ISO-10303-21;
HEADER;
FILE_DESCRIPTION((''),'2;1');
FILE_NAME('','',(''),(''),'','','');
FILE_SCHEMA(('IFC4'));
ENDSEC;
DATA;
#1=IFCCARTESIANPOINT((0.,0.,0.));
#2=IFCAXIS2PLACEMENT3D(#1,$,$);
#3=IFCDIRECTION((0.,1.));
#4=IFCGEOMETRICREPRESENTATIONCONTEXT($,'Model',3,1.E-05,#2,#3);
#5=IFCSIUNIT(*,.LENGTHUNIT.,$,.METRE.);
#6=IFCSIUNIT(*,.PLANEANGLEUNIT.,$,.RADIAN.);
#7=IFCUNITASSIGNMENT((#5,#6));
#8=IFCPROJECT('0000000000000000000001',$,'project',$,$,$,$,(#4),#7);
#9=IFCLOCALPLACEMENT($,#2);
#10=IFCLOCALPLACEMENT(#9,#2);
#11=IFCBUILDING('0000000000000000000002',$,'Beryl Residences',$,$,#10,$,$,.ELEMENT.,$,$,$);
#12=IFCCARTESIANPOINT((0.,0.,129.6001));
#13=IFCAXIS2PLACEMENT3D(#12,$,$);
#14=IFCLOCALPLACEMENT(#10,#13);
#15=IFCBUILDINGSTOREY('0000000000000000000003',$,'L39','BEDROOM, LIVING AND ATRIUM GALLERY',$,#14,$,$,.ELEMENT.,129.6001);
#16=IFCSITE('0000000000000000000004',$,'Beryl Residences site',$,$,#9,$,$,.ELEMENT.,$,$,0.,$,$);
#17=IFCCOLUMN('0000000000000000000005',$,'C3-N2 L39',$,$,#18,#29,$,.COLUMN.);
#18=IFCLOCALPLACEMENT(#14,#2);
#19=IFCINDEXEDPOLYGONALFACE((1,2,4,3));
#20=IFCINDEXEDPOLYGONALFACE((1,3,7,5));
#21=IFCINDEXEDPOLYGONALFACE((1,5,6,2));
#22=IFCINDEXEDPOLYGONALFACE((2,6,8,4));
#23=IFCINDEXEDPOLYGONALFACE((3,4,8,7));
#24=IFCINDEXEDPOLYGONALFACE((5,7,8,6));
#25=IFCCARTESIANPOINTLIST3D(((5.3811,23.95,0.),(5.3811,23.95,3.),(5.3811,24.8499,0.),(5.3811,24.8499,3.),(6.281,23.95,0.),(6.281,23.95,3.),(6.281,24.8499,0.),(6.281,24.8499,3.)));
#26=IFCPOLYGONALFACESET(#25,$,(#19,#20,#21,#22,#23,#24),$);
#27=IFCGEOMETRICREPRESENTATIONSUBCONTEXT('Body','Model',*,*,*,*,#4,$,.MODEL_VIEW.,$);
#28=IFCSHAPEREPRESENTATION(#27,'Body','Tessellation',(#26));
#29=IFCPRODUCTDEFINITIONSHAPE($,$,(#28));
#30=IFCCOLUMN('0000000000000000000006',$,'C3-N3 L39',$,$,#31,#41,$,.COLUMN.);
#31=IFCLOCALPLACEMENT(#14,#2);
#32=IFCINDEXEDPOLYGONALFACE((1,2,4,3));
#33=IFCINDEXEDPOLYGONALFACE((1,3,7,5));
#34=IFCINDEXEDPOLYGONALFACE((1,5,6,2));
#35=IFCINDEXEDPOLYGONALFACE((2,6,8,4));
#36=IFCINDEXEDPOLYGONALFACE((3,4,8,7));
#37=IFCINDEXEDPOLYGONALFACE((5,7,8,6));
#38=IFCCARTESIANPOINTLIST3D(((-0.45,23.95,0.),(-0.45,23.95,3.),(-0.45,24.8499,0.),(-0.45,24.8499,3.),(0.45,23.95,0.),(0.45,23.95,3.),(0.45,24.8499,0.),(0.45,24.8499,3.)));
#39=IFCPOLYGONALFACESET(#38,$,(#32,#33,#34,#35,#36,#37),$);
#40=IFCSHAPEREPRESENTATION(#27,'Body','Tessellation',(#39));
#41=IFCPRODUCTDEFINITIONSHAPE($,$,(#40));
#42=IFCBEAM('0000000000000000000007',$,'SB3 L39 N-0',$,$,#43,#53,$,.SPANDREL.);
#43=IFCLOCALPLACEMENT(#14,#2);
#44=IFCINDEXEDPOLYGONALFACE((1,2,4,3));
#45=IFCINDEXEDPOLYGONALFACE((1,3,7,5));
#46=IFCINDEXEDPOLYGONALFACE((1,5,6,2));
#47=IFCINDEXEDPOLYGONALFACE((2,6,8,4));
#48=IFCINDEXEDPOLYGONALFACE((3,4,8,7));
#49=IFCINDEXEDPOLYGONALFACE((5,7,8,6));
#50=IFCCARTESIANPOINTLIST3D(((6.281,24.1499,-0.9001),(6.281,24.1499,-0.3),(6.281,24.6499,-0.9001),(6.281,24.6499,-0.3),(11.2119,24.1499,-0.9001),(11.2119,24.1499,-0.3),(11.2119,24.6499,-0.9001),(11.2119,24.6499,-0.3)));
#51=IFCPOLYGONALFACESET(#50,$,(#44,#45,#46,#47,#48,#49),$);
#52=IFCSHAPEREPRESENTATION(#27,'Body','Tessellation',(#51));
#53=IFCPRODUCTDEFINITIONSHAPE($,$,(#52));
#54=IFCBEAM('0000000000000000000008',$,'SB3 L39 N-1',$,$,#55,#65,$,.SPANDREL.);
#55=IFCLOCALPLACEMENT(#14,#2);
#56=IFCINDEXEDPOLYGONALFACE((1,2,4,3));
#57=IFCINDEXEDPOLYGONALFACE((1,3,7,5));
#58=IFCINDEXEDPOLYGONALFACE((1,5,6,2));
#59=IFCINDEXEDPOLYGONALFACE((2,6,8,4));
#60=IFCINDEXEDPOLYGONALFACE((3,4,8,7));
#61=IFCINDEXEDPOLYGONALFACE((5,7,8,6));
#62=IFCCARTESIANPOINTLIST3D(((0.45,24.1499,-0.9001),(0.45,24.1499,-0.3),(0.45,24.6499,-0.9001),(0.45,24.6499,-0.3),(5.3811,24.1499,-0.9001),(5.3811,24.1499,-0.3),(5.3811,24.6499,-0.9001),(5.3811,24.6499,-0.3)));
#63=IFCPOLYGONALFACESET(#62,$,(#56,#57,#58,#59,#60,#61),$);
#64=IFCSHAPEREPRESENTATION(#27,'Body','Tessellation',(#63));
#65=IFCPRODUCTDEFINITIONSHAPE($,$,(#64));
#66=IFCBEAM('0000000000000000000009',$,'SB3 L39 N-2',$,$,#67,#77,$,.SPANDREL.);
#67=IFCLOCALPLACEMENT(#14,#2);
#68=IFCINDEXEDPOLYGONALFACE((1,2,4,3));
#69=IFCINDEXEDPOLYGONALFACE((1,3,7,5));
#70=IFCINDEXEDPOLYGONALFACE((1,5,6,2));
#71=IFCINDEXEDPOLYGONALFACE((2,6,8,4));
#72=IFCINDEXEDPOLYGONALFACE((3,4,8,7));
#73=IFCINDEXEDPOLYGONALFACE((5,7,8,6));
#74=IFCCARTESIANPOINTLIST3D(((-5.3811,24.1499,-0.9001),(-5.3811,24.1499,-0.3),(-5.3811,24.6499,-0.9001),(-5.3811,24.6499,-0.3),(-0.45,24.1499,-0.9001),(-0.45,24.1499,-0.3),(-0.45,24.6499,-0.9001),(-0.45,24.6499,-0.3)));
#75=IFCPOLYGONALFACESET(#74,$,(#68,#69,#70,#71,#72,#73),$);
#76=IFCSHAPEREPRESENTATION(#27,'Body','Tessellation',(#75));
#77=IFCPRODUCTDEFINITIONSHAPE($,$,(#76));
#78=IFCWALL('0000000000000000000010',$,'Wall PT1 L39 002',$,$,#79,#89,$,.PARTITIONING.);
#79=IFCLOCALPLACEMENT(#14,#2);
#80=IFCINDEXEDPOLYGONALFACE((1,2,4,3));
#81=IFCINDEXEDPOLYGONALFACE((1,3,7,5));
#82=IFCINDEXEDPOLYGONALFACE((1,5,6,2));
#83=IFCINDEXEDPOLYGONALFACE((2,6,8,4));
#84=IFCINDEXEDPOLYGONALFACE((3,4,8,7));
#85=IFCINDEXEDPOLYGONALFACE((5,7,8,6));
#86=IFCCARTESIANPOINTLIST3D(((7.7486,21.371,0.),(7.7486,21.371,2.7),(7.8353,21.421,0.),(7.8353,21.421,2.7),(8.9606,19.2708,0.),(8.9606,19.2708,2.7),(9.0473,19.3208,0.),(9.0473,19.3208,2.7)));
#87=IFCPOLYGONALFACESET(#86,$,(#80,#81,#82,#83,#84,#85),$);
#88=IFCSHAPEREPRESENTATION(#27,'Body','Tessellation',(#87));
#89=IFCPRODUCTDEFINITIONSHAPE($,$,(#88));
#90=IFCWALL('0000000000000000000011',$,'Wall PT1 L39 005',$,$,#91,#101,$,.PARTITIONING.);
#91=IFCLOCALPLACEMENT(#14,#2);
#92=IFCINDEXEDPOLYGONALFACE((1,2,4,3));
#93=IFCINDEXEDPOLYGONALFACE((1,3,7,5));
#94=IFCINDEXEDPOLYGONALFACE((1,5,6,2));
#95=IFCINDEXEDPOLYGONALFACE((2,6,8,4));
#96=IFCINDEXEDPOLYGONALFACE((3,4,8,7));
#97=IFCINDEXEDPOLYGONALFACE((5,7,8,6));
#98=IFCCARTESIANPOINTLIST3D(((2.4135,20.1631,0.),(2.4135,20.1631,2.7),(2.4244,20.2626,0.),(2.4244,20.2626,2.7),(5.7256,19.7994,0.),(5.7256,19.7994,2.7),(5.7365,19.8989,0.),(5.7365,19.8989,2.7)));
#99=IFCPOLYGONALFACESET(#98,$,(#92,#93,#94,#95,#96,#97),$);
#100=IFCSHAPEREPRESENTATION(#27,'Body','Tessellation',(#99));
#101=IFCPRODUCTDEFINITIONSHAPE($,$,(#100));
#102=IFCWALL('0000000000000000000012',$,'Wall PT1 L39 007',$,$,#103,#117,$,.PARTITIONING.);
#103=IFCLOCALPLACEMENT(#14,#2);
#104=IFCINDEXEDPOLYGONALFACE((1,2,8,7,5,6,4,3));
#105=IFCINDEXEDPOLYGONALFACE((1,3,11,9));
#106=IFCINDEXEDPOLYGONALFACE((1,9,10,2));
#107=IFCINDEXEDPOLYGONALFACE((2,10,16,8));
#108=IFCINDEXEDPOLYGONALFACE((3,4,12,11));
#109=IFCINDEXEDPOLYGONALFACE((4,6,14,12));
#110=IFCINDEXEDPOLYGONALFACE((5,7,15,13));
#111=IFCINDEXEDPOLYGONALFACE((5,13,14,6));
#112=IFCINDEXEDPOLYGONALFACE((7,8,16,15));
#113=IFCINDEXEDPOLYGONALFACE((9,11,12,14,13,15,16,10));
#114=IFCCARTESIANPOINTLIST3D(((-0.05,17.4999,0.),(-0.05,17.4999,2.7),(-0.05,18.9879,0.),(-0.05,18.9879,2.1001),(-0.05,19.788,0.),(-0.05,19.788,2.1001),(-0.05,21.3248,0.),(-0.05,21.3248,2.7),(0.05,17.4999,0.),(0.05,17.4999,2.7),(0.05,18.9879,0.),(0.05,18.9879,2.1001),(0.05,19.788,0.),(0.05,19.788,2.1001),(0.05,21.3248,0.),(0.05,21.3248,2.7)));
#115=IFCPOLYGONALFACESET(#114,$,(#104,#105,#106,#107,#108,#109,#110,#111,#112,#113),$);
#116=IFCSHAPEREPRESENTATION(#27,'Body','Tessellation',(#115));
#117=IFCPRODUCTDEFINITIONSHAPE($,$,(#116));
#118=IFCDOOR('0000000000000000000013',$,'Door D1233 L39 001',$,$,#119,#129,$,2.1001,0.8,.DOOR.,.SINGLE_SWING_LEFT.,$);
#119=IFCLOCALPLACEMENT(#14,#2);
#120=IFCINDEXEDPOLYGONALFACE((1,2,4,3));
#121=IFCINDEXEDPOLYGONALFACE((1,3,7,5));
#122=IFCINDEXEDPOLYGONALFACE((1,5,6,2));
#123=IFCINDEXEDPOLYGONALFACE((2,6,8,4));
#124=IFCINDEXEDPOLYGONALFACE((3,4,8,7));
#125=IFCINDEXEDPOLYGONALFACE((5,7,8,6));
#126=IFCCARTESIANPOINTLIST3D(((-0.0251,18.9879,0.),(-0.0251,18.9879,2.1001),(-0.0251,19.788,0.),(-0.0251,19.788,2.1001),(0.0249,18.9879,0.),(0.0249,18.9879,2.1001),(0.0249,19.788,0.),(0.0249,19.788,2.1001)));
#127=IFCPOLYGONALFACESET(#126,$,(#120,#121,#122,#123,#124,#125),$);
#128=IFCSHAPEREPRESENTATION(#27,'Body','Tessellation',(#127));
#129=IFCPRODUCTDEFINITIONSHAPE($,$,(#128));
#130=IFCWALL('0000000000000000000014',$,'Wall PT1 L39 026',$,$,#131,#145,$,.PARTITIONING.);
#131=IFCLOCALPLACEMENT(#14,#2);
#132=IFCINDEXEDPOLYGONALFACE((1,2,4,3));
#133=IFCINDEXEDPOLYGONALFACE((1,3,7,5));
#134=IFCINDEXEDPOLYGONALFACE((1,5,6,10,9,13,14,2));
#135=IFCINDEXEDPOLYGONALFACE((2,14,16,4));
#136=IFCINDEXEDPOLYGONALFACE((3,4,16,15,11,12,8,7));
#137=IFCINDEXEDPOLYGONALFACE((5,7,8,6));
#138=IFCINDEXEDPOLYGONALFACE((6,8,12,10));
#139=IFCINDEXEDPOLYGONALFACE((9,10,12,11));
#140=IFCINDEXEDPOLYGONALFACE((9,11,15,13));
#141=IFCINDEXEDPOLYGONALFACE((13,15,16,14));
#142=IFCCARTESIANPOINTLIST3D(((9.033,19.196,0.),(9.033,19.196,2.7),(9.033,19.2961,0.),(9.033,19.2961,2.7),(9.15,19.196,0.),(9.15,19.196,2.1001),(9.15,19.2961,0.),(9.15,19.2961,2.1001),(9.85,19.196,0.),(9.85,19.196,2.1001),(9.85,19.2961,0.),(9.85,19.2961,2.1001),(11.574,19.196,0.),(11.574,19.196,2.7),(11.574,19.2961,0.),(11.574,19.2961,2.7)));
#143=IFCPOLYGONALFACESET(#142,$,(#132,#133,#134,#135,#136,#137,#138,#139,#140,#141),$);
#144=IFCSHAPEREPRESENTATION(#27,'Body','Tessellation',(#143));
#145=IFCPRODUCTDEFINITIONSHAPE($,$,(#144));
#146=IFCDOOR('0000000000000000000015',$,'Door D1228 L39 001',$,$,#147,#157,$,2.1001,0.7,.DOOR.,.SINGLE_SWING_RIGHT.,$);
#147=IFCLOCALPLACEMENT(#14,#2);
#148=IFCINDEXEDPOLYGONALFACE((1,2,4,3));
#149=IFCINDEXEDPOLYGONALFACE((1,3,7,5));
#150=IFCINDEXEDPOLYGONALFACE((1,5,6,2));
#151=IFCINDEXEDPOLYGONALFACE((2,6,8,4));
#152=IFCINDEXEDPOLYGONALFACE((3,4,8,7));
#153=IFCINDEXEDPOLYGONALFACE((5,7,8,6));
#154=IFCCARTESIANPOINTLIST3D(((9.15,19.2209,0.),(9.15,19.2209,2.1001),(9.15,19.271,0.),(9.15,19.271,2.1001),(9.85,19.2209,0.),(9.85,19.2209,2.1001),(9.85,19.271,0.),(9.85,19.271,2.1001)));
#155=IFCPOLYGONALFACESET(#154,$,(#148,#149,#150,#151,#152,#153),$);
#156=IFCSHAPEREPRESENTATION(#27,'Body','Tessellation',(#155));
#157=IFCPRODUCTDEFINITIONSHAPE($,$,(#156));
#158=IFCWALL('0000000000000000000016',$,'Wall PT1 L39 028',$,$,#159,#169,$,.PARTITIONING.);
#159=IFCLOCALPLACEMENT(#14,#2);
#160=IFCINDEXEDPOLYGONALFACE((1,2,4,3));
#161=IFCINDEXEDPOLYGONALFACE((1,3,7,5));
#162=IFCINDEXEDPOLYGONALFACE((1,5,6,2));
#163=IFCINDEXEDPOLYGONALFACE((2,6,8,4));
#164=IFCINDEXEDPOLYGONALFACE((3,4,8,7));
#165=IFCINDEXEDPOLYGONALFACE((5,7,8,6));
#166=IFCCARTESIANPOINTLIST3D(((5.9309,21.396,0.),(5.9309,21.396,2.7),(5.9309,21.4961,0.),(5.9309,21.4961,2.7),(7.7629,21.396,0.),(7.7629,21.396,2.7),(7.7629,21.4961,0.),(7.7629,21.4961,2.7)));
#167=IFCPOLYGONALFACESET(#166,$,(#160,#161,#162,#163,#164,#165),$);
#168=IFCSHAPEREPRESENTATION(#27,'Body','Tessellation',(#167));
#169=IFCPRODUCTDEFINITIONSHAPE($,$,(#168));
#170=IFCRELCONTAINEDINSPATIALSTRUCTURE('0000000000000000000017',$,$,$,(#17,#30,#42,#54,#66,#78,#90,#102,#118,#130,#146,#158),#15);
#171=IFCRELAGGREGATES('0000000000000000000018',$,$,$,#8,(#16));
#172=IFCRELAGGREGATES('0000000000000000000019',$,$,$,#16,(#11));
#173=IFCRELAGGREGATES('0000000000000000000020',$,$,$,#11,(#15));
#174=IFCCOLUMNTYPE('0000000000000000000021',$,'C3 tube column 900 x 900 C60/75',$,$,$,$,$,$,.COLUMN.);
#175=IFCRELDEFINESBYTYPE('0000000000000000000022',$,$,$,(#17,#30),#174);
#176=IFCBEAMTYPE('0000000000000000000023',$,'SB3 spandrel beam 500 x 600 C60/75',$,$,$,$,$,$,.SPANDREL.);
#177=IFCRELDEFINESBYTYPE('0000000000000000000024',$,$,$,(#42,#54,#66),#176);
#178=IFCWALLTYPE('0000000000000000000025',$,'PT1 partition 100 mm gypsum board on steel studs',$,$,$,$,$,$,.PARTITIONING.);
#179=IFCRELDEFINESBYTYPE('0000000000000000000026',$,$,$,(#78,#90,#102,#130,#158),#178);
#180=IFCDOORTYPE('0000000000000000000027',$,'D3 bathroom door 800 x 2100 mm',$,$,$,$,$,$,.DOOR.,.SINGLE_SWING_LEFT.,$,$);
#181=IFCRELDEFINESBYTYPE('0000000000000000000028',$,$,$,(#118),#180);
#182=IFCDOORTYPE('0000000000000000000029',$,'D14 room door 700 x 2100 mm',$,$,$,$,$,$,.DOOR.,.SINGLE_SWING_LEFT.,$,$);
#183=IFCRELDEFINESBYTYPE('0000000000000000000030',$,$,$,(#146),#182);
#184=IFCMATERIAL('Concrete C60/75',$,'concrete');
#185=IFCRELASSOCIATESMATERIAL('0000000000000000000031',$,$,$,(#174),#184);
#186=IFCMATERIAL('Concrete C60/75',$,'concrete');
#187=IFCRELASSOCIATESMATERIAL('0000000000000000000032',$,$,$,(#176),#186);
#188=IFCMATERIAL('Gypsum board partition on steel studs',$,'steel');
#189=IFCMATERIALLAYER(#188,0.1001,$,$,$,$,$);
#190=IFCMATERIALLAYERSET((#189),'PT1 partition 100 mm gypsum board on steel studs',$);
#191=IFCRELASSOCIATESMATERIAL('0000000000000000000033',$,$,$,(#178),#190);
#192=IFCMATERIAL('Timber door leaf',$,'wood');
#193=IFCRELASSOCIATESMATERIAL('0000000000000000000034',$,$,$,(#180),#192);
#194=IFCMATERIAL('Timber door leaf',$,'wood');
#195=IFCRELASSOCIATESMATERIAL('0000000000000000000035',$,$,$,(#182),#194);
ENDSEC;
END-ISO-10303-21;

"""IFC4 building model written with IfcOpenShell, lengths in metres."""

from ifc_helpers import new_model, si_unit, direction, frame, frame_2d, origin, origin_2d, place, context, subcontext, project, spatial, rectangle, extrude, material, layer, layer_set, material_profile, profile_set, type_object, element, fill, save


model = new_model("IFC4")

# Units and contexts
model_context = context("Model", 3, precision=1e-05, world=origin(), true_north=direction((0.0, 1.0)))
body_context = subcontext(model_context, "Body", "Model", "MODEL_VIEW")
ifc_project = project(units=[si_unit("LENGTHUNIT", "METRE"), si_unit("PLANEANGLEUNIT", "RADIAN")], contexts=[model_context])

# Site, building, storey
site_placement = place(None, origin())
site = spatial("IfcSite", under=ifc_project, at=site_placement, Name="Beryl Residences site", CompositionType="ELEMENT", RefElevation=0.0)
building_placement = place(site_placement, origin())
building = spatial("IfcBuilding", under=site, at=building_placement, Name="Beryl Residences", CompositionType="ELEMENT")
storey_placement = place(building_placement, frame((0.0, 0.0, 129.6001)))
storey = spatial("IfcBuildingStorey", under=building, at=storey_placement, Name="L39", Description="BEDROOM, LIVING AND ATRIUM GALLERY", CompositionType="ELEMENT", Elevation=129.6001)

# Columns
ifc_material_1 = material(Name="Concrete C60/75", Category="concrete")
ifc_material_profile_1 = material_profile(ifc_material_1, rectangle(XDim=0.8999, YDim=0.8999, at=origin_2d()))
ifc_profile_set_1 = profile_set([ifc_material_profile_1], Name="Concrete C60/75")
column_type = type_object("IfcColumnType", Name="C3 tube column 900 x 900 C60/75", PredefinedType="COLUMN", material=ifc_profile_set_1)
for number, where, z_axis, x_axis, name in (
    (1, (5.8311, 24.3999, 0.0), (0.0, 0.0, 1.0), (-1.0, 0.0, 0.0), "C3-N2 L39"),
    (2, (0.0, 24.3999, 0.0), (0.0, 0.0, 1.0), (-1.0, 0.0, 0.0), "C3-N3 L39"),
):
    element("IfcColumn", number, at=place(storey_placement, frame(where, z_axis=z_axis, x_axis=x_axis)), inside=storey, type_object=column_type, Name=name, PredefinedType="COLUMN", context=body_context, shape_type="SweptSolid", body=[
        extrude(rectangle(XDim=0.8999, YDim=0.8999, at=origin_2d()), origin(), (0.0, 0.0, 1.0), 3.0),
    ])

# Beams
ifc_material_2 = material(Name="Concrete C60/75", Category="concrete")
ifc_material_profile_2 = material_profile(ifc_material_2, rectangle(XDim=0.5, YDim=0.6001, at=origin_2d()))
ifc_profile_set_2 = profile_set([ifc_material_profile_2], Name="Concrete C60/75")
beam_type = type_object("IfcBeamType", Name="SB3 spandrel beam 500 x 600 C60/75", PredefinedType="SPANDREL", material=ifc_profile_set_2)
beam_placement = place(storey_placement, frame((11.2119, 24.3999, -0.6001), z_axis=(-1.0, 0.0, 0.0), x_axis=(0.0, -1.0, 0.0)))
element("IfcBeam", 3, at=beam_placement, inside=storey, type_object=beam_type, Name="SB3 L39 N-0", PredefinedType="SPANDREL", context=body_context, shape_type="SweptSolid", body=[
    extrude(rectangle(XDim=0.5, YDim=0.6001, at=origin_2d()), origin(), (0.0, 0.0, 1.0), 4.9309),
])
for number, where, z_axis, x_axis, name in (
    (4, (5.3811, 24.3999, -0.6001), (-1.0, 0.0, 0.0), (0.0, -1.0, 0.0), "SB3 L39 N-1"),
    (5, (-0.45, 24.3999, -0.6001), (-1.0, 0.0, 0.0), (0.0, -1.0, 0.0), "SB3 L39 N-2"),
):
    element("IfcBeam", number, at=place(storey_placement, frame(where, z_axis=z_axis, x_axis=x_axis)), inside=storey, type_object=beam_type, Name=name, PredefinedType="SPANDREL", context=body_context, shape_type="SweptSolid", body=[
        extrude(rectangle(XDim=0.5, YDim=0.6001, at=origin_2d()), origin(), (0.0, 0.0, 1.0), 4.9312),
    ])

# Walls
ifc_material_3 = material(Name="Gypsum board partition on steel studs", Category="steel")
ifc_layer_1 = layer(ifc_material_3, 0.1001)
ifc_layer_set_1 = layer_set([ifc_layer_1], Name="PT1 partition 100 mm gypsum board on steel studs")
wall_type_1 = type_object("IfcWallType", Name="PT1 partition 100 mm gypsum board on steel studs", PredefinedType="PARTITIONING", material=ifc_layer_set_1)
wall_1_placement = place(storey_placement, frame((7.792, 21.396, 0.0), z_axis=(0.0, 0.0, 1.0), x_axis=(0.499821, -0.866129, 0.0)))
element("IfcWall", 6, at=wall_1_placement, inside=storey, type_object=wall_type_1, Name="Wall PT1 L39 002", PredefinedType="PARTITIONING", context=body_context, shape_type="SweptSolid", body=[
    extrude(rectangle(XDim=2.4248, YDim=0.1001, at=frame_2d((1.2124, 0.0))), origin(), (0.0, 0.0, 1.0), 2.7),
])
wall_2_placement = place(storey_placement, frame((2.4189, 20.2129, 0.0), z_axis=(0.0, 0.0, 1.0), x_axis=(0.994022, -0.109177, 0.0)))
element("IfcWall", 7, at=wall_2_placement, inside=storey, type_object=wall_type_1, Name="Wall PT1 L39 005", PredefinedType="PARTITIONING", context=body_context, shape_type="SweptSolid", body=[
    extrude(rectangle(XDim=3.332, YDim=0.1001, at=frame_2d((1.666, 0.0))), origin(), (0.0, 0.0, 1.0), 2.7),
])

# Walls, openings, doors
wall_3_placement = place(storey_placement, frame((0.0, 21.325, 0.0), z_axis=(0.0, 0.0, 1.0), x_axis=(0.0, -1.0, 0.0)))
wall_3 = element("IfcWall", 8, at=wall_3_placement, inside=storey, type_object=wall_type_1, Name="Wall PT1 L39 007", PredefinedType="PARTITIONING", context=body_context, shape_type="SweptSolid", body=[
    extrude(rectangle(XDim=3.825, YDim=0.1001, at=frame_2d((1.9126, 0.0))), origin(), (0.0, 0.0, 1.0), 2.7),
])
opening_1_placement = place(wall_3_placement, frame((1.5371, 0.0, 0.0)))
opening_1 = element("IfcOpeningElement", 9, at=opening_1_placement, cuts=wall_3, PredefinedType="OPENING", context=body_context, shape_type="SweptSolid", body=[
    extrude(rectangle(XDim=0.8, YDim=2.1001, at=frame_2d((0.3999, 1.05))), frame((0.0, 0.0601, 0.0), z_axis=(0.0, -1.0, 0.0), x_axis=(1.0, 0.0, 0.0)), (0.0, 0.0, 1.0), 0.1201),
])
ifc_material_4 = material(Name="Timber door leaf", Category="wood")
door_type_1 = type_object("IfcDoorType", Name="D3 bathroom door 800 x 2100 mm", OperationType="SINGLE_SWING_LEFT", PredefinedType="DOOR", material=ifc_material_4)
door_1_placement = place(opening_1_placement, origin())
door_1 = element("IfcDoor", 10, at=door_1_placement, inside=storey, type_object=door_type_1, Name="Door D1233 L39 001", OperationType="SINGLE_SWING_LEFT", OverallHeight=2.1001, OverallWidth=0.8, PredefinedType="DOOR", context=body_context, shape_type="SweptSolid", body=[
    extrude(rectangle(XDim=0.8, YDim=2.1001, at=frame_2d((0.3999, 1.05))), frame((0.0, 0.0249, 0.0), z_axis=(0.0, -1.0, 0.0), x_axis=(1.0, 0.0, 0.0)), (0.0, 0.0, 1.0), 0.05),
])
fill(opening_1, door_1)
wall_4_placement = place(storey_placement, frame((9.033, 19.2461, 0.0), z_axis=(0.0, 0.0, 1.0), x_axis=(1.0, 0.0, 0.0)))
wall_4 = element("IfcWall", 11, at=wall_4_placement, inside=storey, type_object=wall_type_1, Name="Wall PT1 L39 026", PredefinedType="PARTITIONING", context=body_context, shape_type="SweptSolid", body=[
    extrude(rectangle(XDim=2.541, YDim=0.1001, at=frame_2d((1.2705, 0.0))), origin(), (0.0, 0.0, 1.0), 2.7),
])
opening_2_placement = place(wall_4_placement, frame((0.1169, 0.0, 0.0)))
opening_2 = element("IfcOpeningElement", 12, at=opening_2_placement, cuts=wall_4, PredefinedType="OPENING", context=body_context, shape_type="SweptSolid", body=[
    extrude(rectangle(XDim=0.7, YDim=2.1001, at=frame_2d((0.3501, 1.05))), frame((0.0, 0.0601, 0.0), z_axis=(0.0, -1.0, 0.0), x_axis=(1.0, 0.0, 0.0)), (0.0, 0.0, 1.0), 0.1201),
])
ifc_material_5 = material(Name="Timber door leaf", Category="wood")
door_type_2 = type_object("IfcDoorType", Name="D14 room door 700 x 2100 mm", OperationType="SINGLE_SWING_LEFT", PredefinedType="DOOR", material=ifc_material_5)
door_2_placement = place(opening_2_placement, origin())
door_2 = element("IfcDoor", 13, at=door_2_placement, inside=storey, type_object=door_type_2, Name="Door D1228 L39 001", OperationType="SINGLE_SWING_RIGHT", OverallHeight=2.1001, OverallWidth=0.7, PredefinedType="DOOR", context=body_context, shape_type="SweptSolid", body=[
    extrude(rectangle(XDim=0.7, YDim=2.1001, at=frame_2d((0.3501, 1.05))), frame((0.0, 0.0249, 0.0), z_axis=(0.0, -1.0, 0.0), x_axis=(1.0, 0.0, 0.0)), (0.0, 0.0, 1.0), 0.05),
])
fill(opening_2, door_2)

# Wall
wall_5_placement = place(storey_placement, frame((5.9309, 21.446, 0.0), z_axis=(0.0, 0.0, 1.0), x_axis=(1.0, 0.0, 0.0)))
element("IfcWall", 14, at=wall_5_placement, inside=storey, type_object=wall_type_1, Name="Wall PT1 L39 028", PredefinedType="PARTITIONING", context=body_context, shape_type="SweptSolid", body=[
    extrude(rectangle(XDim=1.832, YDim=0.1001, at=frame_2d((0.916, 0.0))), origin(), (0.0, 0.0, 1.0), 2.7),
])

save(model, "model.ifc")
